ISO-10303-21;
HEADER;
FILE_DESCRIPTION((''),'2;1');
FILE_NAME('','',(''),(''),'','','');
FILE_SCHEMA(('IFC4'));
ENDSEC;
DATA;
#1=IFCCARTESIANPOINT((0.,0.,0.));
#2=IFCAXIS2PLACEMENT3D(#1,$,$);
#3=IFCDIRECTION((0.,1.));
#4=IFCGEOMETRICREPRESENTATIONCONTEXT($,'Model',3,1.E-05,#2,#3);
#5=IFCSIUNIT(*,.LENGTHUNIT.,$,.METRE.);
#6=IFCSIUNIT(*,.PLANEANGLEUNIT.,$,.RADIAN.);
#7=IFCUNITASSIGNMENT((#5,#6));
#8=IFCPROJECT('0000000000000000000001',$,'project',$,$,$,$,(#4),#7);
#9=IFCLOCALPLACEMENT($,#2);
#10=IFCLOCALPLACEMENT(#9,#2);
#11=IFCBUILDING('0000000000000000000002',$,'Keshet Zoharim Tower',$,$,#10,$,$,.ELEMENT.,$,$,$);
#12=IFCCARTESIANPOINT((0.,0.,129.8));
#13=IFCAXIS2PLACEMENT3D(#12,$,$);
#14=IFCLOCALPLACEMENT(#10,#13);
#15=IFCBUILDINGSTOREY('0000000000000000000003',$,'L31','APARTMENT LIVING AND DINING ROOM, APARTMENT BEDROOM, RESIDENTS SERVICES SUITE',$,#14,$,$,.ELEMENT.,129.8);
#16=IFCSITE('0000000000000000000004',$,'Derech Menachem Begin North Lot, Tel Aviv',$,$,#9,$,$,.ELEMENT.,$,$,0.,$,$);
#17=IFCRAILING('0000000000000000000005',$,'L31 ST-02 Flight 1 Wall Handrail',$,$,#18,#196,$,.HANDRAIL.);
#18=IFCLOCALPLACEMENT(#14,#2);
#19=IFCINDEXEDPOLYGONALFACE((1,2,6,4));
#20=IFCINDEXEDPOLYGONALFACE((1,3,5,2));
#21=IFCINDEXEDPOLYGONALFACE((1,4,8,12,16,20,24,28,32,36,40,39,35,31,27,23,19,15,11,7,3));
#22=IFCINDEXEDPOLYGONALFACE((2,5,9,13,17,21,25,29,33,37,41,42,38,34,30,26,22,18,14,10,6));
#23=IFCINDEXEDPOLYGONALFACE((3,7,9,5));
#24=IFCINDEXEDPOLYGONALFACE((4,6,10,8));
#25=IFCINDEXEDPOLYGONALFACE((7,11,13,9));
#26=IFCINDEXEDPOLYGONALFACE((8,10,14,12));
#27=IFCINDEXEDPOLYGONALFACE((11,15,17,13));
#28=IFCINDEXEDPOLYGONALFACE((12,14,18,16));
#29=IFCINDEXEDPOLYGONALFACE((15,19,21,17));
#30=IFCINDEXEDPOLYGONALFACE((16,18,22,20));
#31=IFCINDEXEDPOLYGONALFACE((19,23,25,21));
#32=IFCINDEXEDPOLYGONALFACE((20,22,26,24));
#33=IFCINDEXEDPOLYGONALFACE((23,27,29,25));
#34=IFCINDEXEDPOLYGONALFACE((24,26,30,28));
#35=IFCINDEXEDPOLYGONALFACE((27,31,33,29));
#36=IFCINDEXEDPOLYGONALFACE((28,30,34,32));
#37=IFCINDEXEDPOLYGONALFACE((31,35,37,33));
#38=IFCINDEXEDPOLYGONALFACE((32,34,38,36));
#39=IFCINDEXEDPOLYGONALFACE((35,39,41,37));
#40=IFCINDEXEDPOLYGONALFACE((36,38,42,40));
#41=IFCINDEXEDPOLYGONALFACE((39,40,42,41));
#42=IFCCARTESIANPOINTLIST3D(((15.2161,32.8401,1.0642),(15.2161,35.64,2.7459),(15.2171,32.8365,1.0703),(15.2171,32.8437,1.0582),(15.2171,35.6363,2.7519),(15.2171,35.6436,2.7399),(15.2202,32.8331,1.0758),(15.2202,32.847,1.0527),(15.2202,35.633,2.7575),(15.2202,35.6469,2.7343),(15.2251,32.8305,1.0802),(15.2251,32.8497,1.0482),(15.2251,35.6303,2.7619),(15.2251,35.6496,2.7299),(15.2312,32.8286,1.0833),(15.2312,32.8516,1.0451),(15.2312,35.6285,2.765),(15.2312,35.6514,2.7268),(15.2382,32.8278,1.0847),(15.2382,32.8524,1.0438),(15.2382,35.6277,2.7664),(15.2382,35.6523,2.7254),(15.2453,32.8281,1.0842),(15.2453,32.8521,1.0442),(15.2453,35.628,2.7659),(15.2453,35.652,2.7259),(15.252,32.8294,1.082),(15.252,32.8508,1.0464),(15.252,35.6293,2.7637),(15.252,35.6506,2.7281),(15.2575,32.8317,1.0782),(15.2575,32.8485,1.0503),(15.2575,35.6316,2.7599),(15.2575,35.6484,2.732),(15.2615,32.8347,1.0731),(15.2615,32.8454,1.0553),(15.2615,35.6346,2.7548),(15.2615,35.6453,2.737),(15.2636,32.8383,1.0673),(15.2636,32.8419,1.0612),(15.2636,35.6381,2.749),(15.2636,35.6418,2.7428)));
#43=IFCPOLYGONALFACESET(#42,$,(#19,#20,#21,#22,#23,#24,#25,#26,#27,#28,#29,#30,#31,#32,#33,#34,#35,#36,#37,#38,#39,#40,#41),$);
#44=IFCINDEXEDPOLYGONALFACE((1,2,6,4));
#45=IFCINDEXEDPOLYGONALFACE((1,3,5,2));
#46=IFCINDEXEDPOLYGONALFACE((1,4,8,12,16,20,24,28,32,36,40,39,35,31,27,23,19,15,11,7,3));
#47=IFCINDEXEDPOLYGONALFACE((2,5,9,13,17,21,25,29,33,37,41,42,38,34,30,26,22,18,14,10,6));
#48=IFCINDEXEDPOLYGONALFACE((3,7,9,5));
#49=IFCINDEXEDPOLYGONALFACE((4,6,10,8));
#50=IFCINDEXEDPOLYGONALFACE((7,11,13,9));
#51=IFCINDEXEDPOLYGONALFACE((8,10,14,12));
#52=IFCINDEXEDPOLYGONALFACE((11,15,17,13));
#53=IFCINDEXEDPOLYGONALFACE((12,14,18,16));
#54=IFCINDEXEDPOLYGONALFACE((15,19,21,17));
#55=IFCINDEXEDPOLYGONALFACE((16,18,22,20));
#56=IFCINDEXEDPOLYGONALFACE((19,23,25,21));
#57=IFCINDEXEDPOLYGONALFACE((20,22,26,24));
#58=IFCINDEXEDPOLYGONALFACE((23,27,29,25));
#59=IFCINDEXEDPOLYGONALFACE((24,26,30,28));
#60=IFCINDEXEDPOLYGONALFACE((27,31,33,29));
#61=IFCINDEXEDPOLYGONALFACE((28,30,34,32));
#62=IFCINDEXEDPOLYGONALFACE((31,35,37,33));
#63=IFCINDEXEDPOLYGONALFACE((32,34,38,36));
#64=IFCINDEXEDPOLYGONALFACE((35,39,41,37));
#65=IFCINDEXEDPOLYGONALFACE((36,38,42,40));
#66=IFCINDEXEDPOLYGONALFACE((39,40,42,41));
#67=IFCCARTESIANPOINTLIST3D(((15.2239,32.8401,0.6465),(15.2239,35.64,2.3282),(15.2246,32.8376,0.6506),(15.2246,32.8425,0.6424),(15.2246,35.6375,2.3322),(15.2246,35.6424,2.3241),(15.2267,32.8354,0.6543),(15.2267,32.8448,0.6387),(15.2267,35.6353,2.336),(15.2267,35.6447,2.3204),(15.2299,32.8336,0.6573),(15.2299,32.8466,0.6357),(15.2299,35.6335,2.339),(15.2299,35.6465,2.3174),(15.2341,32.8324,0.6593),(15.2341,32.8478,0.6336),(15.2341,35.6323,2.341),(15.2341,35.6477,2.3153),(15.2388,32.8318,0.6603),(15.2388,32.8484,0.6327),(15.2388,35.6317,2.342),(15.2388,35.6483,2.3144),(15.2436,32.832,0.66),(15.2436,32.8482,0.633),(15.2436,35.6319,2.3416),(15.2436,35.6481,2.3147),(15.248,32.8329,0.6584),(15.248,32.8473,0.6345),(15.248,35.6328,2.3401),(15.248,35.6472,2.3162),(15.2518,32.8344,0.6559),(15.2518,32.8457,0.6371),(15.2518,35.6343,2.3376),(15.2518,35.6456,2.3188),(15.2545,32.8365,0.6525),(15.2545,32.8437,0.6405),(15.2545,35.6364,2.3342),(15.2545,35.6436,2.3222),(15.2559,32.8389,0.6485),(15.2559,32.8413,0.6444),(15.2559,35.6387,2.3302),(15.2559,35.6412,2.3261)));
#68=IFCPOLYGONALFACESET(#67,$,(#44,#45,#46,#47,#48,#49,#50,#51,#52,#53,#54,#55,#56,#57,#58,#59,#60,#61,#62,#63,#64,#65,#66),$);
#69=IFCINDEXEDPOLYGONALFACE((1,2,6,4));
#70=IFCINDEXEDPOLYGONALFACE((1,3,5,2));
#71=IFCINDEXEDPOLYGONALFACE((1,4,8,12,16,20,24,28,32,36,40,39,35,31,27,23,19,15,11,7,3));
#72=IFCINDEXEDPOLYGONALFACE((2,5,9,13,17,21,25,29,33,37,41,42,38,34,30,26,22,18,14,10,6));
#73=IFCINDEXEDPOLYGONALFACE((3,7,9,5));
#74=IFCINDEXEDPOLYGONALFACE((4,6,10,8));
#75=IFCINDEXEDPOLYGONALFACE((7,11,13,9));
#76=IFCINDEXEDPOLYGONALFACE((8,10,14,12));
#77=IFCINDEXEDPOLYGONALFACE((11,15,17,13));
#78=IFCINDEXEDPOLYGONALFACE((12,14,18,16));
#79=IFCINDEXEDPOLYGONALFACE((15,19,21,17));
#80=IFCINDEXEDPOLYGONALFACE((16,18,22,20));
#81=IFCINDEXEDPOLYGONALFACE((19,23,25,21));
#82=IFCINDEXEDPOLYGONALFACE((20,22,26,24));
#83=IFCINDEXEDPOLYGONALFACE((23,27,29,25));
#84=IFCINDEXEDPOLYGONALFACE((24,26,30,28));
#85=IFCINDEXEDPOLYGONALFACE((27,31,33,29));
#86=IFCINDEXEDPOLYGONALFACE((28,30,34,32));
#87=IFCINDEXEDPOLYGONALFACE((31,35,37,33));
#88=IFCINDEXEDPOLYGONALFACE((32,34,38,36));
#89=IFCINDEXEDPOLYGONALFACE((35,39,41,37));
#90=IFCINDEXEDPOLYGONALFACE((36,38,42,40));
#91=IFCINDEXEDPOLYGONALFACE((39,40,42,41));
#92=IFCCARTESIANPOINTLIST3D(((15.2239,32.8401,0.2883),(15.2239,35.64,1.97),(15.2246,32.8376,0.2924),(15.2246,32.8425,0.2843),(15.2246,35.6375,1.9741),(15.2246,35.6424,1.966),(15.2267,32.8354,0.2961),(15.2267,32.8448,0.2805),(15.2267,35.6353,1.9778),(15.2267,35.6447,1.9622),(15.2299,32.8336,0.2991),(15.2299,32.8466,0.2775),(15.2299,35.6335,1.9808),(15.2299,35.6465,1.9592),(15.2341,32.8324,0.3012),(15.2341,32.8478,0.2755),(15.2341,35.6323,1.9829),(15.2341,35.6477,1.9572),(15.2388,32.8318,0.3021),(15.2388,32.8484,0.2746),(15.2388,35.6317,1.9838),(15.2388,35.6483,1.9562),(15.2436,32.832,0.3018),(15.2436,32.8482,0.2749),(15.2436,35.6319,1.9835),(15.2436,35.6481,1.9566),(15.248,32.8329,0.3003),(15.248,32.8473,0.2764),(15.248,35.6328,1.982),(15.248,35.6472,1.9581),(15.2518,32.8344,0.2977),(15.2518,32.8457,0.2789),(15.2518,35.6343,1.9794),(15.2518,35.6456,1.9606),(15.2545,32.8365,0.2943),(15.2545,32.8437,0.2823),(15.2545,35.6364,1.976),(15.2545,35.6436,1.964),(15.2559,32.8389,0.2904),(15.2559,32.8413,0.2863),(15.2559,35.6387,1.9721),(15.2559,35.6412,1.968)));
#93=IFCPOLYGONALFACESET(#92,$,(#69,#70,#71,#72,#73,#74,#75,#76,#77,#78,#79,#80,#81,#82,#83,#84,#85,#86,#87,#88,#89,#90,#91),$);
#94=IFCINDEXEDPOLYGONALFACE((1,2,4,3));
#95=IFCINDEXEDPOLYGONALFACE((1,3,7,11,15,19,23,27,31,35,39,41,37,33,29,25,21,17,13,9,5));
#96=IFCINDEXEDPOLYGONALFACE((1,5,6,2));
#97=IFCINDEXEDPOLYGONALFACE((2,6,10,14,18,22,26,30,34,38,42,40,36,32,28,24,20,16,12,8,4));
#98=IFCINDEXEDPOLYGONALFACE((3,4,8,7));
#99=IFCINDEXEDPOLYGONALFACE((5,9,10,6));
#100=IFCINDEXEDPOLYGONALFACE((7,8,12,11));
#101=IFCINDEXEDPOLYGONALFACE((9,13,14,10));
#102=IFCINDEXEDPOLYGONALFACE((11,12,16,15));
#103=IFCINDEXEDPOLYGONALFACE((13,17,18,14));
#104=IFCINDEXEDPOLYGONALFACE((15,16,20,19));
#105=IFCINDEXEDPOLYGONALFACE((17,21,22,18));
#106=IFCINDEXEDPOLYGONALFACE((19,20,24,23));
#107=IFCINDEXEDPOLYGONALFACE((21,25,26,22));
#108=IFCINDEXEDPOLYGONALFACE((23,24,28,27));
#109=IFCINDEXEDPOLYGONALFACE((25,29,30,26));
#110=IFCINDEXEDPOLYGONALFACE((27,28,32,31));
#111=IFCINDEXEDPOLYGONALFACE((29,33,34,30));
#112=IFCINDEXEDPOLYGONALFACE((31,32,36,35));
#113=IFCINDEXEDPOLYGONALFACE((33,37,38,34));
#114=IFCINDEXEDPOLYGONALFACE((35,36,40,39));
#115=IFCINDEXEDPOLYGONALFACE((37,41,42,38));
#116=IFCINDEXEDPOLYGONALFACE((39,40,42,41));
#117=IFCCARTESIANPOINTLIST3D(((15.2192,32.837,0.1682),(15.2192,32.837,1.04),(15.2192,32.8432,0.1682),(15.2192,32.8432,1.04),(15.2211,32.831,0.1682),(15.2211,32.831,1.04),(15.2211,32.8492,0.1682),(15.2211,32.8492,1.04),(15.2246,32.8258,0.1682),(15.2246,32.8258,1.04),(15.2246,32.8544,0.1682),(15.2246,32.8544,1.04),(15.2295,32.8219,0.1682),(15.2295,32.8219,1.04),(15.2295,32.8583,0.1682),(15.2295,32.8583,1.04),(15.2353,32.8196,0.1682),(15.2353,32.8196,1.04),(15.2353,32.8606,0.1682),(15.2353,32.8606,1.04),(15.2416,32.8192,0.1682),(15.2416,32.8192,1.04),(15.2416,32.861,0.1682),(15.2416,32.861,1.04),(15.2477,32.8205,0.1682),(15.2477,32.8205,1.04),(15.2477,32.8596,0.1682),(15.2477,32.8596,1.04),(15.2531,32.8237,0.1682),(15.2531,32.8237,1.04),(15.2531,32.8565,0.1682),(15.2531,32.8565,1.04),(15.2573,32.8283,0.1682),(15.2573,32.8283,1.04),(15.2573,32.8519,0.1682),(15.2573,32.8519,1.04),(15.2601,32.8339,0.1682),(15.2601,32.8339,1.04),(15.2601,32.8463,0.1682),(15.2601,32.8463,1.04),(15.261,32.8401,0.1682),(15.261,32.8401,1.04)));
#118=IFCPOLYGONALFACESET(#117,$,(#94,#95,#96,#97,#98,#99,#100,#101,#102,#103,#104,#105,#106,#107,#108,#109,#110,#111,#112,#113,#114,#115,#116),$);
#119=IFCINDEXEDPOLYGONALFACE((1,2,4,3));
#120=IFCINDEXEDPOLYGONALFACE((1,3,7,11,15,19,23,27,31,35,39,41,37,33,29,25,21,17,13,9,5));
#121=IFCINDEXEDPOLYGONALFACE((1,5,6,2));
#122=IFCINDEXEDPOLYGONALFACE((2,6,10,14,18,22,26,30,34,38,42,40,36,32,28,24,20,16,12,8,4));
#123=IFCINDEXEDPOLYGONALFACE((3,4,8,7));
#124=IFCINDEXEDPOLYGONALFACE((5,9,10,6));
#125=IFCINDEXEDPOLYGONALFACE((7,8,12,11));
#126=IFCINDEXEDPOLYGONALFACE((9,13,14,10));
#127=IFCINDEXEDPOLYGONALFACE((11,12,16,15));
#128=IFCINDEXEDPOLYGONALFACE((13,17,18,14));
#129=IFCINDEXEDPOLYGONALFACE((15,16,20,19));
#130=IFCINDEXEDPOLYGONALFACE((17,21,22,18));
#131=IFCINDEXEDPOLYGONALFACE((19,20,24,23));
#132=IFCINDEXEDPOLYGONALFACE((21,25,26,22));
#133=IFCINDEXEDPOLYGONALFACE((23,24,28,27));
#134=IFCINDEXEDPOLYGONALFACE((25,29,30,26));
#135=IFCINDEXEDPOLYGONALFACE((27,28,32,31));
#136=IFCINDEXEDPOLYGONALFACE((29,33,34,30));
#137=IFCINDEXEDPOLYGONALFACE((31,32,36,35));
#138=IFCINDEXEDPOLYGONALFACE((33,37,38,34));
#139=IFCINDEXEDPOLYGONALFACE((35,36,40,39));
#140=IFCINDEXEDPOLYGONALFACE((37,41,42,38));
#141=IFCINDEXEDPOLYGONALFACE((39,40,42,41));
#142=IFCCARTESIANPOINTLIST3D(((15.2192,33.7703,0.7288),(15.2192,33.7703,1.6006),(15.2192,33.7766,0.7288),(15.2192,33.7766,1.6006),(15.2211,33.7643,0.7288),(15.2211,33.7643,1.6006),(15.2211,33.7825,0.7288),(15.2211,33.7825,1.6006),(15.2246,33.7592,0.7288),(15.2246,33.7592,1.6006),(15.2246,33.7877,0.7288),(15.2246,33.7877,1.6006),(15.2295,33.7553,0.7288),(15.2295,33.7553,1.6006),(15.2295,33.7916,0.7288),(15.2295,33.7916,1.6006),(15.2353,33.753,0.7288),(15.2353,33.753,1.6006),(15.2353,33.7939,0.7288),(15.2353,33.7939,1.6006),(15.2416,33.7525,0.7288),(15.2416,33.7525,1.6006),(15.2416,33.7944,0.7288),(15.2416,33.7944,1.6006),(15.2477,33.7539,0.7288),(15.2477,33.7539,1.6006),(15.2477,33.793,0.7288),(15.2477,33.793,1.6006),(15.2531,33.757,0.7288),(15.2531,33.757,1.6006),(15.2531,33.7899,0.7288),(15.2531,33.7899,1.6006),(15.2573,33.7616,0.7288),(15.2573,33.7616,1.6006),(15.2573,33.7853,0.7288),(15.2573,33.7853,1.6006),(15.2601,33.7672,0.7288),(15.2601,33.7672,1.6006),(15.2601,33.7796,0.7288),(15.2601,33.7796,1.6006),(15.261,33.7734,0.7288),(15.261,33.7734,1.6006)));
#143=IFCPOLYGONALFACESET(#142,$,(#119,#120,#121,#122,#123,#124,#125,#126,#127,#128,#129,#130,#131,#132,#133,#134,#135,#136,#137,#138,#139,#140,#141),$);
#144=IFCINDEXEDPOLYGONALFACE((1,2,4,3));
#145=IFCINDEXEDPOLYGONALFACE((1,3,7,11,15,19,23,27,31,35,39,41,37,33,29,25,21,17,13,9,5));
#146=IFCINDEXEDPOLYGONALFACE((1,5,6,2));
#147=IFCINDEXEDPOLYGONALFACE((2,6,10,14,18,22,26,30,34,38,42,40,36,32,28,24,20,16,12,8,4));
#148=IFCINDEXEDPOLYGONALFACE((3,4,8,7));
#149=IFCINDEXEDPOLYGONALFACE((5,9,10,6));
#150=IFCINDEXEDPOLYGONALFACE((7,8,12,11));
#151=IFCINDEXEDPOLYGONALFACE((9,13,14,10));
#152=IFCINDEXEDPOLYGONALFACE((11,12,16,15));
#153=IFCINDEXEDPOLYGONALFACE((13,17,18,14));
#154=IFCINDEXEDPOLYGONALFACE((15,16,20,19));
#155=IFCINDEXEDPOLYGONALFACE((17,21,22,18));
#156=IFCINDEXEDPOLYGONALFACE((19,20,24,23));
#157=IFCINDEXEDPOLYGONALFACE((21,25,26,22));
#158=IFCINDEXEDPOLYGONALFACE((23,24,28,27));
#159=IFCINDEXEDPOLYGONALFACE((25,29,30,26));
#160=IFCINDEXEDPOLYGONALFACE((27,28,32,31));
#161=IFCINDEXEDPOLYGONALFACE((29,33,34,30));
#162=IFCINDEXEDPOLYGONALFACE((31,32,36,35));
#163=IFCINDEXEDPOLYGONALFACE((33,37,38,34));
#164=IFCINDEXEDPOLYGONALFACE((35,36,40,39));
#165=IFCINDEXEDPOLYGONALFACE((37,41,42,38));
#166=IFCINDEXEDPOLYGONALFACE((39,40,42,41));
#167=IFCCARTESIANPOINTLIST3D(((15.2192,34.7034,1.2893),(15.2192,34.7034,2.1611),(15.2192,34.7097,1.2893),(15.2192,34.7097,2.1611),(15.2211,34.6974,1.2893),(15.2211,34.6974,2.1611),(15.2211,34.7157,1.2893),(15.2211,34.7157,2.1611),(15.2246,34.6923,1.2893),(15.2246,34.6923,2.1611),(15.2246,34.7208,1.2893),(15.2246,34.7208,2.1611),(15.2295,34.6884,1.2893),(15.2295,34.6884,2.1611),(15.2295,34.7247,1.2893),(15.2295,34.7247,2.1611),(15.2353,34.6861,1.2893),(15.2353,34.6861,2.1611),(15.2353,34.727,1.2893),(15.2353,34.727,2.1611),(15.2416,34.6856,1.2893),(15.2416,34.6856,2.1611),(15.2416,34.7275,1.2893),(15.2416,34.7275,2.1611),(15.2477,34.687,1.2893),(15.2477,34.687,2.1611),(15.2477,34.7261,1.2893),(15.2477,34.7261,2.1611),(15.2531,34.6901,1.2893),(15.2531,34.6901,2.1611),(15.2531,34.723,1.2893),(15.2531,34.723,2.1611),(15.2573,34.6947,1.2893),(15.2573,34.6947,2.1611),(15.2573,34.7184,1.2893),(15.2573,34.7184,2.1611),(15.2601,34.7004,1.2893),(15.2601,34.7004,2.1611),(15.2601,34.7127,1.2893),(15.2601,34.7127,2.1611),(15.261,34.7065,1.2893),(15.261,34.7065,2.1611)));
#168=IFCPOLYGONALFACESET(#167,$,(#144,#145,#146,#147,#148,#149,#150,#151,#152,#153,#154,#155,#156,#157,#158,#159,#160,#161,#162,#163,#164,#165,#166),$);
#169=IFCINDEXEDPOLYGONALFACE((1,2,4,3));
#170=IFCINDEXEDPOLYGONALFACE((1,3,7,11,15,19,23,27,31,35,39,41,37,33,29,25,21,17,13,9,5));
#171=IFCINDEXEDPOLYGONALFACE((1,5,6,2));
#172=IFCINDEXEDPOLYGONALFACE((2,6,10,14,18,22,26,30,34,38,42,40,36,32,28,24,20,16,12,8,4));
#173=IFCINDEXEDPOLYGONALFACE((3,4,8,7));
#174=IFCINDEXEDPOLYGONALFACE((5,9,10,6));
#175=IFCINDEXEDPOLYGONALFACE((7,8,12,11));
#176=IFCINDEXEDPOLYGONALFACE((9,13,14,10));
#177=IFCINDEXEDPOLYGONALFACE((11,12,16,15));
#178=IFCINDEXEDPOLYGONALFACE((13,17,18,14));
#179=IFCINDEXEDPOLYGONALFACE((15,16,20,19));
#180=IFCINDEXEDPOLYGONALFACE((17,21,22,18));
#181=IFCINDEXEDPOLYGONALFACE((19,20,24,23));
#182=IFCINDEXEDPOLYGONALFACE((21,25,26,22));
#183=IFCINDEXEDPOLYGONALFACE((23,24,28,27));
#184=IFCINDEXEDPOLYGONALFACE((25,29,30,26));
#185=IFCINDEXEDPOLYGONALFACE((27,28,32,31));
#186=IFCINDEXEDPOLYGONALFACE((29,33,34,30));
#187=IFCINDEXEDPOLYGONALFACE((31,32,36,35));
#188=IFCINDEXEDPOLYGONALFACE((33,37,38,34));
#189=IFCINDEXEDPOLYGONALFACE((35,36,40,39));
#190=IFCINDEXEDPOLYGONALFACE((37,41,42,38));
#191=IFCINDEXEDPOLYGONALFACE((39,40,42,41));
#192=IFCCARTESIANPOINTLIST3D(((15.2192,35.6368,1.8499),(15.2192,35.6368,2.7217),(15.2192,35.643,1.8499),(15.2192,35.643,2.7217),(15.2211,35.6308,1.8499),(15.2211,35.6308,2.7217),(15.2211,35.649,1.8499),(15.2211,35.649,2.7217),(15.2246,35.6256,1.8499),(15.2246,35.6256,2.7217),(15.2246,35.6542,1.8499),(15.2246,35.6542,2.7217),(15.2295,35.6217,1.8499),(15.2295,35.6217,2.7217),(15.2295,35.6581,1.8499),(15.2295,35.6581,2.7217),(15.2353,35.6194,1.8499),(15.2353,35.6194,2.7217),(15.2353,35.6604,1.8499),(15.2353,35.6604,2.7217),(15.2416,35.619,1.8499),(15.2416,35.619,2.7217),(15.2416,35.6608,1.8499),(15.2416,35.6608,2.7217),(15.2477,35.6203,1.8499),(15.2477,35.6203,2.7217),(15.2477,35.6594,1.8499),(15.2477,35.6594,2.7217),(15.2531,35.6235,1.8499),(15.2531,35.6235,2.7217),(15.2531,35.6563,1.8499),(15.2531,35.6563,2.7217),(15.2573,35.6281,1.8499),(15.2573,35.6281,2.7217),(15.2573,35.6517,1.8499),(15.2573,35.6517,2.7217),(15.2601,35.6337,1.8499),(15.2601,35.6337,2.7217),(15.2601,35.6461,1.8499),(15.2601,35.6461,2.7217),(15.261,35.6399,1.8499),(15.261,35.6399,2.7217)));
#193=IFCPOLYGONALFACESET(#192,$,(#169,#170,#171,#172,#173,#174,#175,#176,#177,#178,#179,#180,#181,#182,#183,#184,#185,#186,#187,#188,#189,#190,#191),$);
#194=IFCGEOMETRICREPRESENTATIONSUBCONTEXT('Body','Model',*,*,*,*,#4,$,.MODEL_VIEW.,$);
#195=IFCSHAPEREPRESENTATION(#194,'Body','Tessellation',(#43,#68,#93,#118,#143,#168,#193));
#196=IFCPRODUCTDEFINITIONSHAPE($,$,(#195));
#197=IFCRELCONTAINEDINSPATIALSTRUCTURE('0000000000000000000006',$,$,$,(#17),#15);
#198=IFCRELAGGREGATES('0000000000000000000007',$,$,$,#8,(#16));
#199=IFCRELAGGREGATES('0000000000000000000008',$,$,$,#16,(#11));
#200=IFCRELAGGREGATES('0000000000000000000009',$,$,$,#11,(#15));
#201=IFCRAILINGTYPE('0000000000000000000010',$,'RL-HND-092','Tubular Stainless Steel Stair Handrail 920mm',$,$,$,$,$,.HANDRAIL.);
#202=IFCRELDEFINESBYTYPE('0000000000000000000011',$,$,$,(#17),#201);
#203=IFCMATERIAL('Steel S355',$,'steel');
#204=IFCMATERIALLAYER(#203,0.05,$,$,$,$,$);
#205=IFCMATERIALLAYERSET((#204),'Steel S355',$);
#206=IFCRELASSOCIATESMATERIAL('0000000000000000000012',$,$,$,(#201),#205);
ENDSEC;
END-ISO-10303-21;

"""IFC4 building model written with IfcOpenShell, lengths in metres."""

from ifc_helpers import new_model, si_unit, direction, frame, origin, origin_2d, place, context, subcontext, project, spatial, circle, extrude, material, layer, layer_set, type_object, element, save


model = new_model("IFC4")

# Units and contexts
model_context = context("Model", 3, precision=1e-05, world=origin(), true_north=direction((0.0, 1.0)))
body_context = subcontext(model_context, "Body", "Model", "MODEL_VIEW")
ifc_project = project(units=[si_unit("LENGTHUNIT", "METRE"), si_unit("PLANEANGLEUNIT", "RADIAN")], contexts=[model_context])

# Site, building, storey
site_placement = place(None, origin())
site = spatial("IfcSite", under=ifc_project, at=site_placement, Name="Derech Menachem Begin North Lot, Tel Aviv", CompositionType="ELEMENT", RefElevation=0.0)
building_placement = place(site_placement, origin())
building = spatial("IfcBuilding", under=site, at=building_placement, Name="Keshet Zoharim Tower", CompositionType="ELEMENT")
storey_placement = place(building_placement, frame((0.0, 0.0, 129.8)))
storey = spatial("IfcBuildingStorey", under=building, at=storey_placement, Name="L31", Description="APARTMENT LIVING AND DINING ROOM, APARTMENT BEDROOM, RESIDENTS SERVICES SUITE", CompositionType="ELEMENT", Elevation=129.8)

# Shared definitions
ifc_material_1 = material(Name="Steel S355", Category="steel")

# Railing
ifc_layer_1 = layer(ifc_material_1, 0.05)
ifc_layer_set_1 = layer_set([ifc_layer_1], Name="Steel S355")
railing_type = type_object("IfcRailingType", Name="RL-HND-092", Description="Tubular Stainless Steel Stair Handrail 920mm", PredefinedType="HANDRAIL", material=ifc_layer_set_1)
railing_placement = place(storey_placement, frame((15.24, 32.8401, 0.1682)))
element("IfcRailing", 1, at=railing_placement, inside=storey, type_object=railing_type, Name="L31 ST-02 Flight 1 Wall Handrail", PredefinedType="HANDRAIL", context=body_context, shape_type="SweptSolid", body=[
    extrude(circle(Radius=0.0239, at=origin_2d()), frame((0.0, 0.0, 0.896), z_axis=(0.0, 0.857255, 0.514891), x_axis=(-1.0, 0.0, 0.0)), (0.0, 0.0, 1.0), 3.2661),
    extrude(circle(Radius=0.0161, at=origin_2d()), frame((0.0, 0.0, 0.4783), z_axis=(0.0, 0.857255, 0.514891), x_axis=(-1.0, 0.0, 0.0)), (0.0, 0.0, 1.0), 3.2661),
    extrude(circle(Radius=0.0161, at=origin_2d()), frame((0.0, 0.0, 0.1201), z_axis=(0.0, 0.857255, 0.514891), x_axis=(-1.0, 0.0, 0.0)), (0.0, 0.0, 1.0), 3.2661),
    extrude(circle(Radius=0.021, at=origin_2d()), origin(), (0.0, 0.0, 1.0), 0.8718),
    extrude(circle(Radius=0.021, at=origin_2d()), frame((0.0, 0.9333, 0.5605)), (0.0, 0.0, 1.0), 0.8718),
    extrude(circle(Radius=0.021, at=origin_2d()), frame((0.0, 1.8665, 1.1211)), (0.0, 0.0, 1.0), 0.8718),
    extrude(circle(Radius=0.021, at=origin_2d()), frame((0.0, 2.7998, 1.6816)), (0.0, 0.0, 1.0), 0.8718),
])

save(model, "model.ifc")
